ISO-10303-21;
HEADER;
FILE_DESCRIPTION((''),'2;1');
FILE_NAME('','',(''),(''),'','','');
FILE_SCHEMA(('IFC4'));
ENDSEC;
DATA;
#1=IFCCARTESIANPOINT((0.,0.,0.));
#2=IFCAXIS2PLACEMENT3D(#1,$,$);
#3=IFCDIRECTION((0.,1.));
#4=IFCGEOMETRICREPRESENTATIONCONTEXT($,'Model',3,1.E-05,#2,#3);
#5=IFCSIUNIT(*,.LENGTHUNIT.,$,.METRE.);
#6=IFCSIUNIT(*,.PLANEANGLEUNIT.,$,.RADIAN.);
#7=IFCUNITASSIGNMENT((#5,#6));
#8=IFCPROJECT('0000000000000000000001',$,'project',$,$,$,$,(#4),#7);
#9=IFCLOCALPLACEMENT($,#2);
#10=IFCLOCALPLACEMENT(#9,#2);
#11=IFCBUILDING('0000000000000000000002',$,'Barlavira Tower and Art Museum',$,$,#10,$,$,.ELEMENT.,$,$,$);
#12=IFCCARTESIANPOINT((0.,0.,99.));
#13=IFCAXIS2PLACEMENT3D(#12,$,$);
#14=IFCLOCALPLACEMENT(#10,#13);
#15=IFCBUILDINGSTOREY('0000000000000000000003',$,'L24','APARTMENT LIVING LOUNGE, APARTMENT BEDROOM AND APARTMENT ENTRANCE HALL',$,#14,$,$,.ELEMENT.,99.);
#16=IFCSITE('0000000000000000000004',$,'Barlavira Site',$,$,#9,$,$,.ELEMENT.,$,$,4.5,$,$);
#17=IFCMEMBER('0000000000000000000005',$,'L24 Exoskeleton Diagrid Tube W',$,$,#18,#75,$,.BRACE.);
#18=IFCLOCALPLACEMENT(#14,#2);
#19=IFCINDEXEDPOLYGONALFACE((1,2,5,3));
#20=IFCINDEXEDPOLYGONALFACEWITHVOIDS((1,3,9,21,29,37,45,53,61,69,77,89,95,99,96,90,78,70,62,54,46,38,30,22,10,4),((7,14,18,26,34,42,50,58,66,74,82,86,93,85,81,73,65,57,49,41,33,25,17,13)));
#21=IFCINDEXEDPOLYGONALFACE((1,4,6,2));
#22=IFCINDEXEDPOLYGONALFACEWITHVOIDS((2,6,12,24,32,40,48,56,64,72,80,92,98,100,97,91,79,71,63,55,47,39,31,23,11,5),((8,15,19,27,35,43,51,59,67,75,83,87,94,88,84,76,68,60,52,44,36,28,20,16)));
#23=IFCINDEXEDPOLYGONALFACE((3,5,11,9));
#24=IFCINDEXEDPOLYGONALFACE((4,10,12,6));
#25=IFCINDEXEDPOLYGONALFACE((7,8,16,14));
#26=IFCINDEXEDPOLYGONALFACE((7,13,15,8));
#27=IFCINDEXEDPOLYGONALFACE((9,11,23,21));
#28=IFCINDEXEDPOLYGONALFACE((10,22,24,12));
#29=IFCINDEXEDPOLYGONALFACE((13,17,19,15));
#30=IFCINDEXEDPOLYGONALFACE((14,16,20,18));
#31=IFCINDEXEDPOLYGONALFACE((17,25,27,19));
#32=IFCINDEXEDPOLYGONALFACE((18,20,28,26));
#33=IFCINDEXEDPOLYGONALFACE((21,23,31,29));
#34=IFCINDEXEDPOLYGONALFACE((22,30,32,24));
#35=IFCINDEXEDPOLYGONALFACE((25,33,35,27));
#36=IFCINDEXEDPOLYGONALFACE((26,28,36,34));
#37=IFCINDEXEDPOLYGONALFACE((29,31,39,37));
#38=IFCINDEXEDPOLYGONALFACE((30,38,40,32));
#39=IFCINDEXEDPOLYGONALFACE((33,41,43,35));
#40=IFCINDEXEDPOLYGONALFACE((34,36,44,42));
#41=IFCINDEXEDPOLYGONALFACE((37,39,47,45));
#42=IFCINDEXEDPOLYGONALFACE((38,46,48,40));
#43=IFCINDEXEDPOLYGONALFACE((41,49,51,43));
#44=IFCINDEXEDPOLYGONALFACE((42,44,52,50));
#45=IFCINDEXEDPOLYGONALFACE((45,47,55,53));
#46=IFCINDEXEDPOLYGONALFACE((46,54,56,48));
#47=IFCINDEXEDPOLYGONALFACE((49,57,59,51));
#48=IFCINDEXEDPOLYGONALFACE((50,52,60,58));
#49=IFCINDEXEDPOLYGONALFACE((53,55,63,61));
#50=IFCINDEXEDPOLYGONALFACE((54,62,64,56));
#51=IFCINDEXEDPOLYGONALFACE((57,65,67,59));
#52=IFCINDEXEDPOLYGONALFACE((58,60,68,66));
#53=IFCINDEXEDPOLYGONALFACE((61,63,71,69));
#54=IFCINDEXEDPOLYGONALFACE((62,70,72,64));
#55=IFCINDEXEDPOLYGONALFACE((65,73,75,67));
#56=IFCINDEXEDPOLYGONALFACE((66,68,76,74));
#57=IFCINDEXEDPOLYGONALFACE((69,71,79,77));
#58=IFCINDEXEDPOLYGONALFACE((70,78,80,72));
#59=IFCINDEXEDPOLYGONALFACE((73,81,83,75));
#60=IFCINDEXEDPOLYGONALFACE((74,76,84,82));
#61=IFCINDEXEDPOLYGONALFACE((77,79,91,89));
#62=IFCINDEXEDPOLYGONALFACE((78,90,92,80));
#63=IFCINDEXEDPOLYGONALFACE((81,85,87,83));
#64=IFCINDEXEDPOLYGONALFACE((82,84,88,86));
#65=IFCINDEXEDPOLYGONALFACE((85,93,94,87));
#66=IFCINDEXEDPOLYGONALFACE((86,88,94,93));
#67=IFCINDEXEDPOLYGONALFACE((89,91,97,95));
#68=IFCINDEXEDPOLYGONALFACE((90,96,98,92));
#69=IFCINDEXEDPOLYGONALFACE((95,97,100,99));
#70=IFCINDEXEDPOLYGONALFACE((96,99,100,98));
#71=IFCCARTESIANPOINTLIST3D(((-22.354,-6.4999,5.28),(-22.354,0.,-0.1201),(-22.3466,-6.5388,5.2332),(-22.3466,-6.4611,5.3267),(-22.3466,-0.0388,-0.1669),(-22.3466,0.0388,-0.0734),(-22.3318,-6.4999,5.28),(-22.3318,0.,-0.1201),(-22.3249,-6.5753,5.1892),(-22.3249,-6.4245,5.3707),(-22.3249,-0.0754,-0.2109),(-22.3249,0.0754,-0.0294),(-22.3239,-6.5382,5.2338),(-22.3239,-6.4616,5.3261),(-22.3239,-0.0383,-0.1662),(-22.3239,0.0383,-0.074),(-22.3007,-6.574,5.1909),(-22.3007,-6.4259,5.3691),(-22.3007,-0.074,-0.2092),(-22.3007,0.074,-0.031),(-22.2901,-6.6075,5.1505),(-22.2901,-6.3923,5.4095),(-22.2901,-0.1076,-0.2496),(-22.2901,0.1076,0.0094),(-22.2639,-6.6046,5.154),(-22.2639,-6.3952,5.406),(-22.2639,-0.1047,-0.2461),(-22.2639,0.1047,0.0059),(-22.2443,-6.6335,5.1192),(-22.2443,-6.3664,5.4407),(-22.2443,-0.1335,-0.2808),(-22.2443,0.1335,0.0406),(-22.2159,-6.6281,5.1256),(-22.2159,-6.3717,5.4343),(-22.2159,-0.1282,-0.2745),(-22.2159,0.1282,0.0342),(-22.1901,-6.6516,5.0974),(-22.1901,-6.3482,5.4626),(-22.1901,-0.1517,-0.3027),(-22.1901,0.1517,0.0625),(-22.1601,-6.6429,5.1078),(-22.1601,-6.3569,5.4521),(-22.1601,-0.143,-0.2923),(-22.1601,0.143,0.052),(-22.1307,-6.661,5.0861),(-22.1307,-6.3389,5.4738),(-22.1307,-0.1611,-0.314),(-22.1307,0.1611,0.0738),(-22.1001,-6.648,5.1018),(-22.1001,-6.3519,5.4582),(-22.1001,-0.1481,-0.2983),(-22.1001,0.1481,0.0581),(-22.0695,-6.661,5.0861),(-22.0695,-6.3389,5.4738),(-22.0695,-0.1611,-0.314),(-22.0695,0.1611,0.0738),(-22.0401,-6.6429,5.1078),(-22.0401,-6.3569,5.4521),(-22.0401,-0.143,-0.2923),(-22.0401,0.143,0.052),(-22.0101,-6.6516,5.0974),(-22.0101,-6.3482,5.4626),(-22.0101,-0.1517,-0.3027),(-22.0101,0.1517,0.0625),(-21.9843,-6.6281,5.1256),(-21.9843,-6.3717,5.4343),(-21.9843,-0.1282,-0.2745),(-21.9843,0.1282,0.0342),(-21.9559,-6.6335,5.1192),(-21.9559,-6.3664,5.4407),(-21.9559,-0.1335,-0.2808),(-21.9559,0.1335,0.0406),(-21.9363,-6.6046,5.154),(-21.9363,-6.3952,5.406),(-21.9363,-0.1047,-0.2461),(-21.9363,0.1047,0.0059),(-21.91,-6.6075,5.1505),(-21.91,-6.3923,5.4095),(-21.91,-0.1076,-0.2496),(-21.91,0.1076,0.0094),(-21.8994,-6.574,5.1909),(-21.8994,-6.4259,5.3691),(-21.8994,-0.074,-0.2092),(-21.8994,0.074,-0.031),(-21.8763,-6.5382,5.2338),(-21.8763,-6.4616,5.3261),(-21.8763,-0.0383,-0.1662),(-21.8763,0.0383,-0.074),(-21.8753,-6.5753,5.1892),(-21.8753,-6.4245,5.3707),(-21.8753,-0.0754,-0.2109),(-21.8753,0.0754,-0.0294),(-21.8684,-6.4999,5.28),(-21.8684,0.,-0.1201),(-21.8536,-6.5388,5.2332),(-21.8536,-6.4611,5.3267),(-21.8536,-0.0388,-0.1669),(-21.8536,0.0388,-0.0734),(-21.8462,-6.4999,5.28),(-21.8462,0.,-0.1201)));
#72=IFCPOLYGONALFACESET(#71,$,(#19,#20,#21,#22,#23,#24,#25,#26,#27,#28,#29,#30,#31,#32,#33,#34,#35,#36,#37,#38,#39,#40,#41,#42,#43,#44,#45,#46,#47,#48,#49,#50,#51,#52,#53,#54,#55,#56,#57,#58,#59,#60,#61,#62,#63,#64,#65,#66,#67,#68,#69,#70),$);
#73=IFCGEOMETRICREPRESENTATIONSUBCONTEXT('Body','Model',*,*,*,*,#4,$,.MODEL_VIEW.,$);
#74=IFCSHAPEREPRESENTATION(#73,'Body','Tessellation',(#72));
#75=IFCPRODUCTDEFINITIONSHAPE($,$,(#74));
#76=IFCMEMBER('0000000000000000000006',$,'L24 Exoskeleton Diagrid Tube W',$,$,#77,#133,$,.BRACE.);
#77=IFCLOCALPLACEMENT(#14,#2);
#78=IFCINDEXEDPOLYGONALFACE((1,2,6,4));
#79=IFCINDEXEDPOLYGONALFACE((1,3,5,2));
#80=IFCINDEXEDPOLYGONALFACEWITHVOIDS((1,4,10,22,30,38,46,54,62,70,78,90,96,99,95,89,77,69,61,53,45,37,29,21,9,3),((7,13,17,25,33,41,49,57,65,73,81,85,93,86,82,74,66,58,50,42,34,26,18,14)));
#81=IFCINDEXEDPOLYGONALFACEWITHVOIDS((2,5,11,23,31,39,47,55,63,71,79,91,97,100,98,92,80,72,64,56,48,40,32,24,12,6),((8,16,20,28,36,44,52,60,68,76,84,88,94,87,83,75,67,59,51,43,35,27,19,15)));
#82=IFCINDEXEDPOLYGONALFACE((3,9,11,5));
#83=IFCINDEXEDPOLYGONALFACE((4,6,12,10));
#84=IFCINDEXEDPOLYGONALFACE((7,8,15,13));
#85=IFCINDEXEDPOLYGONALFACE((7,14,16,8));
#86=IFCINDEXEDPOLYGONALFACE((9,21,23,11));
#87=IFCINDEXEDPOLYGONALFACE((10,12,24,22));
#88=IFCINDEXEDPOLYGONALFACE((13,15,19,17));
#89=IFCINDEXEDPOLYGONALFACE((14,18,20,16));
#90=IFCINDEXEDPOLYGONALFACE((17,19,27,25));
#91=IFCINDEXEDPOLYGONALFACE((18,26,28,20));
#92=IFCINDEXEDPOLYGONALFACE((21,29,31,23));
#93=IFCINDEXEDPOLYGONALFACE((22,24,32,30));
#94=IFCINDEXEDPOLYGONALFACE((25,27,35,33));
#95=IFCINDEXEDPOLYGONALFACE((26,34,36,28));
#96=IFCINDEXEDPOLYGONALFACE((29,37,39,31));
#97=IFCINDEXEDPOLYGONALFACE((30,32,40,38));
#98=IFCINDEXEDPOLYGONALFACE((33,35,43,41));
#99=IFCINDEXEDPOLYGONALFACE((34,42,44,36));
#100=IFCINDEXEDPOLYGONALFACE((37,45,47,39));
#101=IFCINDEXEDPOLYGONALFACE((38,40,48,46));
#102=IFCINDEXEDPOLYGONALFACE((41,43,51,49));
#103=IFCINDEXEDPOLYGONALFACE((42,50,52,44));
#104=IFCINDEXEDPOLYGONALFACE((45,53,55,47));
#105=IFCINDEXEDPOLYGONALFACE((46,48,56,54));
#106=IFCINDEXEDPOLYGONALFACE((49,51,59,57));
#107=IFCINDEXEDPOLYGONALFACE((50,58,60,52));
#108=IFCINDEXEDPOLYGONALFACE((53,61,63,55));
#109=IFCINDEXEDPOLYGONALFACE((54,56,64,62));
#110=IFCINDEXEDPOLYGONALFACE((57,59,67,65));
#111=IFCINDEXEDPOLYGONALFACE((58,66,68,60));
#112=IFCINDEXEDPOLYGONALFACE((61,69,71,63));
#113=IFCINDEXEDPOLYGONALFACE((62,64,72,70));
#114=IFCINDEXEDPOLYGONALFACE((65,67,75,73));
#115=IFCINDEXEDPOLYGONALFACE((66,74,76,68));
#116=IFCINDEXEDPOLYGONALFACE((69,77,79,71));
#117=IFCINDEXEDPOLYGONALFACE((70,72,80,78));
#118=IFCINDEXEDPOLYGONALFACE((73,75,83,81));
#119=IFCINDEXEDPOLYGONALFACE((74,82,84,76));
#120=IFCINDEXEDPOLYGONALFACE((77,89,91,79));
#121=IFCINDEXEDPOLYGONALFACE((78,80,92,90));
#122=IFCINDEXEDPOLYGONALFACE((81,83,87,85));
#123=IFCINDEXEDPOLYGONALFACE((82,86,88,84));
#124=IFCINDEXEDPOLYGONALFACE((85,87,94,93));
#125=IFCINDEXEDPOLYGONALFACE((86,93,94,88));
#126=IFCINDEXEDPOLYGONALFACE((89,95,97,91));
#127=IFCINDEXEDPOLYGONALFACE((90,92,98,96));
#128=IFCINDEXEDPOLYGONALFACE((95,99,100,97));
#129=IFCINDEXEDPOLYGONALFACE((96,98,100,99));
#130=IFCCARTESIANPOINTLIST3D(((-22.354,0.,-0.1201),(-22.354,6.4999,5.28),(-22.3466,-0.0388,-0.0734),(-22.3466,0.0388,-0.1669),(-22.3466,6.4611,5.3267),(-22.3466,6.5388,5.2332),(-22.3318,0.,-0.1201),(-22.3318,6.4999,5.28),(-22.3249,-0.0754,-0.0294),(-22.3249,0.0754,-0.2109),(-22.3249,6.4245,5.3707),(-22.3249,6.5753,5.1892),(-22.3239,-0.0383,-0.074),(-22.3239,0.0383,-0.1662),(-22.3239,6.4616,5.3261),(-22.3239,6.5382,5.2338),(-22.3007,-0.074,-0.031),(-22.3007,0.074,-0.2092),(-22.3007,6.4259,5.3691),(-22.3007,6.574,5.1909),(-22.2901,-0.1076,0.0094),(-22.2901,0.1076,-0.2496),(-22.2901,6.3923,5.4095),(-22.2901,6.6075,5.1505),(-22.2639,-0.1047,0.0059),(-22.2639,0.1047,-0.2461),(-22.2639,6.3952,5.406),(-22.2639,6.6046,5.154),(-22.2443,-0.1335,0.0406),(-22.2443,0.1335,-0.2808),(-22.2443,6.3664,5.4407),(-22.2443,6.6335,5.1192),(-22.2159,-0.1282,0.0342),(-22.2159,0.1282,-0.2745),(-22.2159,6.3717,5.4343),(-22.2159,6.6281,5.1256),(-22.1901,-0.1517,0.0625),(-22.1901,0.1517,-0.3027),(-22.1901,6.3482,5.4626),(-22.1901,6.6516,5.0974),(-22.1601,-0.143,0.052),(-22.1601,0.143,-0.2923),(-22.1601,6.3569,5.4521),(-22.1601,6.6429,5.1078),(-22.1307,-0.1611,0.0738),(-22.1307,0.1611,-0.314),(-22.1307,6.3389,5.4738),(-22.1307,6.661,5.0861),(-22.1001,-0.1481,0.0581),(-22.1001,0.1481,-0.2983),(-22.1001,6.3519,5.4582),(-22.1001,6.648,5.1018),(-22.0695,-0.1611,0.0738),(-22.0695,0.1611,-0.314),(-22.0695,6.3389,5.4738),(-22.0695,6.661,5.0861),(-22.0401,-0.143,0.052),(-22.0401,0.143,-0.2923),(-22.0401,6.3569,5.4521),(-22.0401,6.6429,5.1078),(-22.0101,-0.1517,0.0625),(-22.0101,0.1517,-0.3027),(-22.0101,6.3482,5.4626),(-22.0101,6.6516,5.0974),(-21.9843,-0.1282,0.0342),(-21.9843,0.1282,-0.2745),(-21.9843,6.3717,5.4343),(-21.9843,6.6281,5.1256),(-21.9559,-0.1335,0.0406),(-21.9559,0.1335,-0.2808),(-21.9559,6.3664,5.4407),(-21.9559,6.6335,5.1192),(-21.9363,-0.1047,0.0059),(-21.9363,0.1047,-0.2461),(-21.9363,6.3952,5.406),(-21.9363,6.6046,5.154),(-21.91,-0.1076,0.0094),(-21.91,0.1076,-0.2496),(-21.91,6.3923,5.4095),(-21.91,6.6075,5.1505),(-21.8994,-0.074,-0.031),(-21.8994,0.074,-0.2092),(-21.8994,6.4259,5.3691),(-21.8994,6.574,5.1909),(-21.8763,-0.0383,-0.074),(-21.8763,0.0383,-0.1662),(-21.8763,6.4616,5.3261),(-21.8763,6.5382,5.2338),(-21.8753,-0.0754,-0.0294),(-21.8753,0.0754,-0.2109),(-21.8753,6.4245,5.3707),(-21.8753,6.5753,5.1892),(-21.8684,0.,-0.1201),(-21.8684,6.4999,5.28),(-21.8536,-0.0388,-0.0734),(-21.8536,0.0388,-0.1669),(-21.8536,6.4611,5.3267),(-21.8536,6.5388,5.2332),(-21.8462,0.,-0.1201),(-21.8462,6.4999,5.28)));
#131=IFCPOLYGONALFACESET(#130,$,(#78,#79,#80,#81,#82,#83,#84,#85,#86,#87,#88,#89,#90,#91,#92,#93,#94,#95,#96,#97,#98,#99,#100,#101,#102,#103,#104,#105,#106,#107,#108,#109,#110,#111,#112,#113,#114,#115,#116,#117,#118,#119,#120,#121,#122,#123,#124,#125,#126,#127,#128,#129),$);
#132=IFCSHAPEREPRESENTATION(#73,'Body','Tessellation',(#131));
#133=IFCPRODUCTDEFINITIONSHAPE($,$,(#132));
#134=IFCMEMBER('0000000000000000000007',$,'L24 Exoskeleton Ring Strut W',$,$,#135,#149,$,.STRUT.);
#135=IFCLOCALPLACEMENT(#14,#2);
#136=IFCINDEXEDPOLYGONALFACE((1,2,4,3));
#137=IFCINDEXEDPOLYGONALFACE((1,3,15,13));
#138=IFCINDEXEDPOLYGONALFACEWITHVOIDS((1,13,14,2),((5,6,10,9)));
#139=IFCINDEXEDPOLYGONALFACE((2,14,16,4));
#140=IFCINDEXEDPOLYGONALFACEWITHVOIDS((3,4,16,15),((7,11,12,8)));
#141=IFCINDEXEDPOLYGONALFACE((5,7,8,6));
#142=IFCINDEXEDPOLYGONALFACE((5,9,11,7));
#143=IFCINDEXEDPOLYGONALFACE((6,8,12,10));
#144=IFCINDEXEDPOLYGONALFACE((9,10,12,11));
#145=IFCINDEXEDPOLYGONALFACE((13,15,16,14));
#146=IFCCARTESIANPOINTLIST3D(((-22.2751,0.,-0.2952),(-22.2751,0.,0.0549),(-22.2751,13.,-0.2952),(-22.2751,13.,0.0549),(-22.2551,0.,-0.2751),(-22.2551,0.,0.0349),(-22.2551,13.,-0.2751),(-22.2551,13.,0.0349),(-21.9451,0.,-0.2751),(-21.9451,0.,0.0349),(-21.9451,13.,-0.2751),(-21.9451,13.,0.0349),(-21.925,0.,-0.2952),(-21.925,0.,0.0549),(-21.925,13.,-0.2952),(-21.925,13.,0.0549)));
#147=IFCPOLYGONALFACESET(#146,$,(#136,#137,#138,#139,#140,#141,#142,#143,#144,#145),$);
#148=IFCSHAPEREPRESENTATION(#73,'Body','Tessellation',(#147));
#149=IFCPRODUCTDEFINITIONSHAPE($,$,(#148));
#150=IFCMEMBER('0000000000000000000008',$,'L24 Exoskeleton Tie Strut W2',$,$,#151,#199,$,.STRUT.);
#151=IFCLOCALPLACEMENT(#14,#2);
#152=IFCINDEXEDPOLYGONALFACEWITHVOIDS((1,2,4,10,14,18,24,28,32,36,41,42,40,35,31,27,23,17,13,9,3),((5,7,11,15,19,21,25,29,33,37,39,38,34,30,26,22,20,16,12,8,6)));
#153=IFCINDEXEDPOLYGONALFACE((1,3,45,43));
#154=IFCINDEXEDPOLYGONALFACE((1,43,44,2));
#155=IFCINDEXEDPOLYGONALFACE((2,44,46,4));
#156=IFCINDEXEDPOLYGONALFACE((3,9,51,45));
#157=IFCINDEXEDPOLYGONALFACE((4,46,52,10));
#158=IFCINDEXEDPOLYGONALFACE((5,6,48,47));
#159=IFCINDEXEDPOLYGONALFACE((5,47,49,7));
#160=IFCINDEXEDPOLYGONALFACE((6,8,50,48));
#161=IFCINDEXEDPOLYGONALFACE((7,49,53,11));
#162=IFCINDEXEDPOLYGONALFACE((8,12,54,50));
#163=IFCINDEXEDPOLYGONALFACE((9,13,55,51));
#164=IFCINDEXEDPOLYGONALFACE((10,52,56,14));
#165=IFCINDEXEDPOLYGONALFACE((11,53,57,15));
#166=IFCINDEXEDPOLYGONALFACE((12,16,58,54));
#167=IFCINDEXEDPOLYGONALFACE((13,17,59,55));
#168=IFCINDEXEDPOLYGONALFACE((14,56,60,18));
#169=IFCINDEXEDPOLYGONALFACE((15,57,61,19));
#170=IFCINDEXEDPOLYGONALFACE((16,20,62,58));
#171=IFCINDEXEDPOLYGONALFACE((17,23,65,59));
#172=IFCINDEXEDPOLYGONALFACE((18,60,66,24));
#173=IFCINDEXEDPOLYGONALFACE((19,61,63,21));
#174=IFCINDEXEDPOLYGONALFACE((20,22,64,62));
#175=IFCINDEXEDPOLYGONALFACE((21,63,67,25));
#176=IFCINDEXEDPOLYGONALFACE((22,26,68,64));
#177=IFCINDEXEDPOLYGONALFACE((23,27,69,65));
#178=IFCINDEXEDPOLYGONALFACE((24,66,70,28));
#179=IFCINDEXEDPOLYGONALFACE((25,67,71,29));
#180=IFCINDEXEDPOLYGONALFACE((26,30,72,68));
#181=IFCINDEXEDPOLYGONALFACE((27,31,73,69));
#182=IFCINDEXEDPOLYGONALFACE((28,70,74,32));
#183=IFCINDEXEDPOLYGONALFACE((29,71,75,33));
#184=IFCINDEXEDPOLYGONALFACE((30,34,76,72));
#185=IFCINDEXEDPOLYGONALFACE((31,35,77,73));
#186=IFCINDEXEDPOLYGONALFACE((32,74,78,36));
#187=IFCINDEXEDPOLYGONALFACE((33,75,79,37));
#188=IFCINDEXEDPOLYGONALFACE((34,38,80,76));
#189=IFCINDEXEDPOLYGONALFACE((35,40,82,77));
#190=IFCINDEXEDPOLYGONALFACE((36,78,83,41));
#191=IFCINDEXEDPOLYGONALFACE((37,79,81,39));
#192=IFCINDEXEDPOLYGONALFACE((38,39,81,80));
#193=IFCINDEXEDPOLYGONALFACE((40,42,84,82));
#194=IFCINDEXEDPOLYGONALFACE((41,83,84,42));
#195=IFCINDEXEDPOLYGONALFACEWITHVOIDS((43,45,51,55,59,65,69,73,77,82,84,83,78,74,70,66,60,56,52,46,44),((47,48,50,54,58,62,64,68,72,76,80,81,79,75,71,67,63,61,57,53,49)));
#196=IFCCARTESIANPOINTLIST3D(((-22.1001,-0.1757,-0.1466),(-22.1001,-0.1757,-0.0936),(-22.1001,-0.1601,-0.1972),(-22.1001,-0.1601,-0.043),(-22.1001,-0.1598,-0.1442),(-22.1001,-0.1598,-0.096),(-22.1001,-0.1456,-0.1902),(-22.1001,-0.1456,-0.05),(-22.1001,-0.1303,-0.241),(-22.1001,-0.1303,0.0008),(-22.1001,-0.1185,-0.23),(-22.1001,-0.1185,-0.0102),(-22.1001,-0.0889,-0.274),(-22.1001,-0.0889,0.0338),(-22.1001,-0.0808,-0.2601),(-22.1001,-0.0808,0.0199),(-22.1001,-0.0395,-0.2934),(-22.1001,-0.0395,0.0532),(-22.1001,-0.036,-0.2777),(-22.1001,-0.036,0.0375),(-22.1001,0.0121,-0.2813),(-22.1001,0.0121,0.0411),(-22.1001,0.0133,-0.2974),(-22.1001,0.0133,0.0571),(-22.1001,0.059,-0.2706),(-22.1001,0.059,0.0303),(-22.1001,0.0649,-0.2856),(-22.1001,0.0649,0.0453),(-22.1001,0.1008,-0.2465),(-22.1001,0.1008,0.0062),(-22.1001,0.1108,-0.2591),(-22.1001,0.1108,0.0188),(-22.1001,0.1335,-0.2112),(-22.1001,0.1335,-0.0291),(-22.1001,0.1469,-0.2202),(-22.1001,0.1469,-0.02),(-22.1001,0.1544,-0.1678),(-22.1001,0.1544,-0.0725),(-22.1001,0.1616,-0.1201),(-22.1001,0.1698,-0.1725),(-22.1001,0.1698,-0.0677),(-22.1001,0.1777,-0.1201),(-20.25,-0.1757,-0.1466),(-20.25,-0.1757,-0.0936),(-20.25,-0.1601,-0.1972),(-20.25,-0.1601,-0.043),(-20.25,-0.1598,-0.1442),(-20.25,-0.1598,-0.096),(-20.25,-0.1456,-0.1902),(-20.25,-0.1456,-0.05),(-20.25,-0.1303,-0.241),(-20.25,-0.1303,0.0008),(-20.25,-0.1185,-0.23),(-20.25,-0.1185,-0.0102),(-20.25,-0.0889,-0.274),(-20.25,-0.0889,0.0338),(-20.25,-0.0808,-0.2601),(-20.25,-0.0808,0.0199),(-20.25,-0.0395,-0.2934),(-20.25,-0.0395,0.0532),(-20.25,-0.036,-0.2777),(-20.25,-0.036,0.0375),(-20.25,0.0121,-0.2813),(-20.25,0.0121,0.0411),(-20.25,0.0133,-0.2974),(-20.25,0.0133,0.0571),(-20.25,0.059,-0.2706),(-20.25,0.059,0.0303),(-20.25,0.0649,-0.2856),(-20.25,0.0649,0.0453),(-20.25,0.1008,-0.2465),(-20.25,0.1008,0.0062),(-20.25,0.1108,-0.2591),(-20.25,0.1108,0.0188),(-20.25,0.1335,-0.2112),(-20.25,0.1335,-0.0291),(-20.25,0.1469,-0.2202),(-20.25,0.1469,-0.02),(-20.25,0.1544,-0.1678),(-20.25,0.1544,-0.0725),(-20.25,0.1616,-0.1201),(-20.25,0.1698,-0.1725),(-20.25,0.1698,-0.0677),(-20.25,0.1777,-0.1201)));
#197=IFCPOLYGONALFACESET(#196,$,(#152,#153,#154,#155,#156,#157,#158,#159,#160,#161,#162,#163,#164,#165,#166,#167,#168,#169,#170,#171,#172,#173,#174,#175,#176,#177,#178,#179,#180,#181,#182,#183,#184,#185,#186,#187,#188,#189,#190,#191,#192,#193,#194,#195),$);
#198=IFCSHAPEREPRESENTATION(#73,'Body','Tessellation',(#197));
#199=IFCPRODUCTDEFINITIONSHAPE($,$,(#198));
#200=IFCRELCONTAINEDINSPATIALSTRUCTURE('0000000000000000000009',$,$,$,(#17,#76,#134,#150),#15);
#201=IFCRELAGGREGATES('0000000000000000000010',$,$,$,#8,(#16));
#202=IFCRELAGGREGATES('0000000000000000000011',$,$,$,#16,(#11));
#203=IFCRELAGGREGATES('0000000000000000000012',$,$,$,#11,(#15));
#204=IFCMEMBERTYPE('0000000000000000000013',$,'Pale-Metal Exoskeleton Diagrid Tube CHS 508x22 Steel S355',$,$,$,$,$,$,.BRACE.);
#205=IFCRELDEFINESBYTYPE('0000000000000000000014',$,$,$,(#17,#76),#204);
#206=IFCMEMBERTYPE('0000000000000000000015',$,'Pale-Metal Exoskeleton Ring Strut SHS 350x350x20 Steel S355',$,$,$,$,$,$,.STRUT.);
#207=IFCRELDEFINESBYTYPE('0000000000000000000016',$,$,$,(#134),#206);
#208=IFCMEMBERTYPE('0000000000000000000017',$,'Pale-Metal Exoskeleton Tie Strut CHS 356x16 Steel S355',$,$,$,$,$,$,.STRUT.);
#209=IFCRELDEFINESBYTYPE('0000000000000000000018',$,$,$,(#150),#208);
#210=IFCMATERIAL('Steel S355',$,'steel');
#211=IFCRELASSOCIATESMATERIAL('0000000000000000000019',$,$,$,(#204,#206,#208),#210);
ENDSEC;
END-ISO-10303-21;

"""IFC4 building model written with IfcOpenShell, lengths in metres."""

from ifc_helpers import new_model, si_unit, direction, frame, origin, origin_2d, place, context, subcontext, project, spatial, hollow_rectangle, hollow_circle, extrude, material, material_profile, profile_set, type_object, element, save


model = new_model("IFC4")

# Units and contexts
model_context = context("Model", 3, precision=1e-05, world=origin(), true_north=direction((0.0, 1.0)))
body_context = subcontext(model_context, "Body", "Model", "MODEL_VIEW")
ifc_project = project(units=[si_unit("LENGTHUNIT", "METRE"), si_unit("PLANEANGLEUNIT", "RADIAN")], contexts=[model_context])

# Site, building, storey
site_placement = place(None, origin())
site = spatial("IfcSite", under=ifc_project, at=site_placement, Name="Barlavira Site", CompositionType="ELEMENT", RefElevation=4.5)
building_placement = place(site_placement, origin())
building = spatial("IfcBuilding", under=site, at=building_placement, Name="Barlavira Tower and Art Museum", CompositionType="ELEMENT")
storey_placement = place(building_placement, frame((0.0, 0.0, 99.0)))
storey = spatial("IfcBuildingStorey", under=building, at=storey_placement, Name="L24", Description="APARTMENT LIVING LOUNGE, APARTMENT BEDROOM AND APARTMENT ENTRANCE HALL", CompositionType="ELEMENT", Elevation=99.0)

# Members
ifc_material_1 = material(Name="Steel S355", Category="steel")
ifc_material_profile_1 = material_profile(ifc_material_1, hollow_circle(Radius=0.2539, WallThickness=0.0222, at=origin_2d()), Name="CHS 508.0x22.2")
ifc_profile_set_1 = profile_set([ifc_material_profile_1], Name="Steel S355")
member_type_1 = type_object("IfcMemberType", Name="Pale-Metal Exoskeleton Diagrid Tube CHS 508x22 Steel S355", PredefinedType="BRACE", material=ifc_profile_set_1)
for number, where, z_axis, x_axis, name in (
    (1, (-22.1001, 0.0, -0.1201), (0.0, -0.769182, 0.63903), (1.0, 0.0, 0.0), "L24 Exoskeleton Diagrid Tube W"),
    (2, (-22.1001, 0.0, -0.1201), (0.0, 0.769182, 0.63903), (-1.0, 0.0, 0.0), "L24 Exoskeleton Diagrid Tube W"),
):
    element("IfcMember", number, at=place(storey_placement, frame(where, z_axis=z_axis, x_axis=x_axis)), inside=storey, type_object=member_type_1, Name=name, PredefinedType="BRACE", context=body_context, shape_type="SweptSolid", body=[
        extrude(hollow_circle(Radius=0.2539, WallThickness=0.0222, at=origin_2d()), origin(), (0.0, 0.0, 1.0), 8.4504),
    ])
ifc_material_profile_2 = material_profile(ifc_material_1, hollow_rectangle(XDim=0.3501, YDim=0.3501, WallThickness=0.02, at=origin_2d()), Name="SHS 350x350x20.0")
ifc_profile_set_2 = profile_set([ifc_material_profile_2], Name="Steel S355")
member_type_2 = type_object("IfcMemberType", Name="Pale-Metal Exoskeleton Ring Strut SHS 350x350x20 Steel S355", PredefinedType="STRUT", material=ifc_profile_set_2)
member_1_placement = place(storey_placement, frame((-22.1001, 0.0, -0.1201), z_axis=(0.0, 1.0, 0.0), x_axis=(-1.0, 0.0, 0.0)))
element("IfcMember", 3, at=member_1_placement, inside=storey, type_object=member_type_2, Name="L24 Exoskeleton Ring Strut W", PredefinedType="STRUT", context=body_context, shape_type="SweptSolid", body=[
    extrude(hollow_rectangle(XDim=0.3501, YDim=0.3501, WallThickness=0.02, at=origin_2d()), origin(), (0.0, 0.0, 1.0), 13.0),
])
ifc_material_profile_3 = material_profile(ifc_material_1, hollow_circle(Radius=0.1777, WallThickness=0.0161, at=origin_2d()), Name="CHS 355.6x16.0")
ifc_profile_set_3 = profile_set([ifc_material_profile_3], Name="Steel S355")
member_type_3 = type_object("IfcMemberType", Name="Pale-Metal Exoskeleton Tie Strut CHS 356x16 Steel S355", PredefinedType="STRUT", material=ifc_profile_set_3)
member_2_placement = place(storey_placement, frame((-22.1001, 0.0, -0.1201), z_axis=(1.0, 0.0, 0.0), x_axis=(0.0, 1.0, 0.0)))
element("IfcMember", 4, at=member_2_placement, inside=storey, type_object=member_type_3, Name="L24 Exoskeleton Tie Strut W2", PredefinedType="STRUT", context=body_context, shape_type="SweptSolid", body=[
    extrude(hollow_circle(Radius=0.1777, WallThickness=0.0161, at=origin_2d()), origin(), (0.0, 0.0, 1.0), 1.8501),
])

save(model, "model.ifc")
